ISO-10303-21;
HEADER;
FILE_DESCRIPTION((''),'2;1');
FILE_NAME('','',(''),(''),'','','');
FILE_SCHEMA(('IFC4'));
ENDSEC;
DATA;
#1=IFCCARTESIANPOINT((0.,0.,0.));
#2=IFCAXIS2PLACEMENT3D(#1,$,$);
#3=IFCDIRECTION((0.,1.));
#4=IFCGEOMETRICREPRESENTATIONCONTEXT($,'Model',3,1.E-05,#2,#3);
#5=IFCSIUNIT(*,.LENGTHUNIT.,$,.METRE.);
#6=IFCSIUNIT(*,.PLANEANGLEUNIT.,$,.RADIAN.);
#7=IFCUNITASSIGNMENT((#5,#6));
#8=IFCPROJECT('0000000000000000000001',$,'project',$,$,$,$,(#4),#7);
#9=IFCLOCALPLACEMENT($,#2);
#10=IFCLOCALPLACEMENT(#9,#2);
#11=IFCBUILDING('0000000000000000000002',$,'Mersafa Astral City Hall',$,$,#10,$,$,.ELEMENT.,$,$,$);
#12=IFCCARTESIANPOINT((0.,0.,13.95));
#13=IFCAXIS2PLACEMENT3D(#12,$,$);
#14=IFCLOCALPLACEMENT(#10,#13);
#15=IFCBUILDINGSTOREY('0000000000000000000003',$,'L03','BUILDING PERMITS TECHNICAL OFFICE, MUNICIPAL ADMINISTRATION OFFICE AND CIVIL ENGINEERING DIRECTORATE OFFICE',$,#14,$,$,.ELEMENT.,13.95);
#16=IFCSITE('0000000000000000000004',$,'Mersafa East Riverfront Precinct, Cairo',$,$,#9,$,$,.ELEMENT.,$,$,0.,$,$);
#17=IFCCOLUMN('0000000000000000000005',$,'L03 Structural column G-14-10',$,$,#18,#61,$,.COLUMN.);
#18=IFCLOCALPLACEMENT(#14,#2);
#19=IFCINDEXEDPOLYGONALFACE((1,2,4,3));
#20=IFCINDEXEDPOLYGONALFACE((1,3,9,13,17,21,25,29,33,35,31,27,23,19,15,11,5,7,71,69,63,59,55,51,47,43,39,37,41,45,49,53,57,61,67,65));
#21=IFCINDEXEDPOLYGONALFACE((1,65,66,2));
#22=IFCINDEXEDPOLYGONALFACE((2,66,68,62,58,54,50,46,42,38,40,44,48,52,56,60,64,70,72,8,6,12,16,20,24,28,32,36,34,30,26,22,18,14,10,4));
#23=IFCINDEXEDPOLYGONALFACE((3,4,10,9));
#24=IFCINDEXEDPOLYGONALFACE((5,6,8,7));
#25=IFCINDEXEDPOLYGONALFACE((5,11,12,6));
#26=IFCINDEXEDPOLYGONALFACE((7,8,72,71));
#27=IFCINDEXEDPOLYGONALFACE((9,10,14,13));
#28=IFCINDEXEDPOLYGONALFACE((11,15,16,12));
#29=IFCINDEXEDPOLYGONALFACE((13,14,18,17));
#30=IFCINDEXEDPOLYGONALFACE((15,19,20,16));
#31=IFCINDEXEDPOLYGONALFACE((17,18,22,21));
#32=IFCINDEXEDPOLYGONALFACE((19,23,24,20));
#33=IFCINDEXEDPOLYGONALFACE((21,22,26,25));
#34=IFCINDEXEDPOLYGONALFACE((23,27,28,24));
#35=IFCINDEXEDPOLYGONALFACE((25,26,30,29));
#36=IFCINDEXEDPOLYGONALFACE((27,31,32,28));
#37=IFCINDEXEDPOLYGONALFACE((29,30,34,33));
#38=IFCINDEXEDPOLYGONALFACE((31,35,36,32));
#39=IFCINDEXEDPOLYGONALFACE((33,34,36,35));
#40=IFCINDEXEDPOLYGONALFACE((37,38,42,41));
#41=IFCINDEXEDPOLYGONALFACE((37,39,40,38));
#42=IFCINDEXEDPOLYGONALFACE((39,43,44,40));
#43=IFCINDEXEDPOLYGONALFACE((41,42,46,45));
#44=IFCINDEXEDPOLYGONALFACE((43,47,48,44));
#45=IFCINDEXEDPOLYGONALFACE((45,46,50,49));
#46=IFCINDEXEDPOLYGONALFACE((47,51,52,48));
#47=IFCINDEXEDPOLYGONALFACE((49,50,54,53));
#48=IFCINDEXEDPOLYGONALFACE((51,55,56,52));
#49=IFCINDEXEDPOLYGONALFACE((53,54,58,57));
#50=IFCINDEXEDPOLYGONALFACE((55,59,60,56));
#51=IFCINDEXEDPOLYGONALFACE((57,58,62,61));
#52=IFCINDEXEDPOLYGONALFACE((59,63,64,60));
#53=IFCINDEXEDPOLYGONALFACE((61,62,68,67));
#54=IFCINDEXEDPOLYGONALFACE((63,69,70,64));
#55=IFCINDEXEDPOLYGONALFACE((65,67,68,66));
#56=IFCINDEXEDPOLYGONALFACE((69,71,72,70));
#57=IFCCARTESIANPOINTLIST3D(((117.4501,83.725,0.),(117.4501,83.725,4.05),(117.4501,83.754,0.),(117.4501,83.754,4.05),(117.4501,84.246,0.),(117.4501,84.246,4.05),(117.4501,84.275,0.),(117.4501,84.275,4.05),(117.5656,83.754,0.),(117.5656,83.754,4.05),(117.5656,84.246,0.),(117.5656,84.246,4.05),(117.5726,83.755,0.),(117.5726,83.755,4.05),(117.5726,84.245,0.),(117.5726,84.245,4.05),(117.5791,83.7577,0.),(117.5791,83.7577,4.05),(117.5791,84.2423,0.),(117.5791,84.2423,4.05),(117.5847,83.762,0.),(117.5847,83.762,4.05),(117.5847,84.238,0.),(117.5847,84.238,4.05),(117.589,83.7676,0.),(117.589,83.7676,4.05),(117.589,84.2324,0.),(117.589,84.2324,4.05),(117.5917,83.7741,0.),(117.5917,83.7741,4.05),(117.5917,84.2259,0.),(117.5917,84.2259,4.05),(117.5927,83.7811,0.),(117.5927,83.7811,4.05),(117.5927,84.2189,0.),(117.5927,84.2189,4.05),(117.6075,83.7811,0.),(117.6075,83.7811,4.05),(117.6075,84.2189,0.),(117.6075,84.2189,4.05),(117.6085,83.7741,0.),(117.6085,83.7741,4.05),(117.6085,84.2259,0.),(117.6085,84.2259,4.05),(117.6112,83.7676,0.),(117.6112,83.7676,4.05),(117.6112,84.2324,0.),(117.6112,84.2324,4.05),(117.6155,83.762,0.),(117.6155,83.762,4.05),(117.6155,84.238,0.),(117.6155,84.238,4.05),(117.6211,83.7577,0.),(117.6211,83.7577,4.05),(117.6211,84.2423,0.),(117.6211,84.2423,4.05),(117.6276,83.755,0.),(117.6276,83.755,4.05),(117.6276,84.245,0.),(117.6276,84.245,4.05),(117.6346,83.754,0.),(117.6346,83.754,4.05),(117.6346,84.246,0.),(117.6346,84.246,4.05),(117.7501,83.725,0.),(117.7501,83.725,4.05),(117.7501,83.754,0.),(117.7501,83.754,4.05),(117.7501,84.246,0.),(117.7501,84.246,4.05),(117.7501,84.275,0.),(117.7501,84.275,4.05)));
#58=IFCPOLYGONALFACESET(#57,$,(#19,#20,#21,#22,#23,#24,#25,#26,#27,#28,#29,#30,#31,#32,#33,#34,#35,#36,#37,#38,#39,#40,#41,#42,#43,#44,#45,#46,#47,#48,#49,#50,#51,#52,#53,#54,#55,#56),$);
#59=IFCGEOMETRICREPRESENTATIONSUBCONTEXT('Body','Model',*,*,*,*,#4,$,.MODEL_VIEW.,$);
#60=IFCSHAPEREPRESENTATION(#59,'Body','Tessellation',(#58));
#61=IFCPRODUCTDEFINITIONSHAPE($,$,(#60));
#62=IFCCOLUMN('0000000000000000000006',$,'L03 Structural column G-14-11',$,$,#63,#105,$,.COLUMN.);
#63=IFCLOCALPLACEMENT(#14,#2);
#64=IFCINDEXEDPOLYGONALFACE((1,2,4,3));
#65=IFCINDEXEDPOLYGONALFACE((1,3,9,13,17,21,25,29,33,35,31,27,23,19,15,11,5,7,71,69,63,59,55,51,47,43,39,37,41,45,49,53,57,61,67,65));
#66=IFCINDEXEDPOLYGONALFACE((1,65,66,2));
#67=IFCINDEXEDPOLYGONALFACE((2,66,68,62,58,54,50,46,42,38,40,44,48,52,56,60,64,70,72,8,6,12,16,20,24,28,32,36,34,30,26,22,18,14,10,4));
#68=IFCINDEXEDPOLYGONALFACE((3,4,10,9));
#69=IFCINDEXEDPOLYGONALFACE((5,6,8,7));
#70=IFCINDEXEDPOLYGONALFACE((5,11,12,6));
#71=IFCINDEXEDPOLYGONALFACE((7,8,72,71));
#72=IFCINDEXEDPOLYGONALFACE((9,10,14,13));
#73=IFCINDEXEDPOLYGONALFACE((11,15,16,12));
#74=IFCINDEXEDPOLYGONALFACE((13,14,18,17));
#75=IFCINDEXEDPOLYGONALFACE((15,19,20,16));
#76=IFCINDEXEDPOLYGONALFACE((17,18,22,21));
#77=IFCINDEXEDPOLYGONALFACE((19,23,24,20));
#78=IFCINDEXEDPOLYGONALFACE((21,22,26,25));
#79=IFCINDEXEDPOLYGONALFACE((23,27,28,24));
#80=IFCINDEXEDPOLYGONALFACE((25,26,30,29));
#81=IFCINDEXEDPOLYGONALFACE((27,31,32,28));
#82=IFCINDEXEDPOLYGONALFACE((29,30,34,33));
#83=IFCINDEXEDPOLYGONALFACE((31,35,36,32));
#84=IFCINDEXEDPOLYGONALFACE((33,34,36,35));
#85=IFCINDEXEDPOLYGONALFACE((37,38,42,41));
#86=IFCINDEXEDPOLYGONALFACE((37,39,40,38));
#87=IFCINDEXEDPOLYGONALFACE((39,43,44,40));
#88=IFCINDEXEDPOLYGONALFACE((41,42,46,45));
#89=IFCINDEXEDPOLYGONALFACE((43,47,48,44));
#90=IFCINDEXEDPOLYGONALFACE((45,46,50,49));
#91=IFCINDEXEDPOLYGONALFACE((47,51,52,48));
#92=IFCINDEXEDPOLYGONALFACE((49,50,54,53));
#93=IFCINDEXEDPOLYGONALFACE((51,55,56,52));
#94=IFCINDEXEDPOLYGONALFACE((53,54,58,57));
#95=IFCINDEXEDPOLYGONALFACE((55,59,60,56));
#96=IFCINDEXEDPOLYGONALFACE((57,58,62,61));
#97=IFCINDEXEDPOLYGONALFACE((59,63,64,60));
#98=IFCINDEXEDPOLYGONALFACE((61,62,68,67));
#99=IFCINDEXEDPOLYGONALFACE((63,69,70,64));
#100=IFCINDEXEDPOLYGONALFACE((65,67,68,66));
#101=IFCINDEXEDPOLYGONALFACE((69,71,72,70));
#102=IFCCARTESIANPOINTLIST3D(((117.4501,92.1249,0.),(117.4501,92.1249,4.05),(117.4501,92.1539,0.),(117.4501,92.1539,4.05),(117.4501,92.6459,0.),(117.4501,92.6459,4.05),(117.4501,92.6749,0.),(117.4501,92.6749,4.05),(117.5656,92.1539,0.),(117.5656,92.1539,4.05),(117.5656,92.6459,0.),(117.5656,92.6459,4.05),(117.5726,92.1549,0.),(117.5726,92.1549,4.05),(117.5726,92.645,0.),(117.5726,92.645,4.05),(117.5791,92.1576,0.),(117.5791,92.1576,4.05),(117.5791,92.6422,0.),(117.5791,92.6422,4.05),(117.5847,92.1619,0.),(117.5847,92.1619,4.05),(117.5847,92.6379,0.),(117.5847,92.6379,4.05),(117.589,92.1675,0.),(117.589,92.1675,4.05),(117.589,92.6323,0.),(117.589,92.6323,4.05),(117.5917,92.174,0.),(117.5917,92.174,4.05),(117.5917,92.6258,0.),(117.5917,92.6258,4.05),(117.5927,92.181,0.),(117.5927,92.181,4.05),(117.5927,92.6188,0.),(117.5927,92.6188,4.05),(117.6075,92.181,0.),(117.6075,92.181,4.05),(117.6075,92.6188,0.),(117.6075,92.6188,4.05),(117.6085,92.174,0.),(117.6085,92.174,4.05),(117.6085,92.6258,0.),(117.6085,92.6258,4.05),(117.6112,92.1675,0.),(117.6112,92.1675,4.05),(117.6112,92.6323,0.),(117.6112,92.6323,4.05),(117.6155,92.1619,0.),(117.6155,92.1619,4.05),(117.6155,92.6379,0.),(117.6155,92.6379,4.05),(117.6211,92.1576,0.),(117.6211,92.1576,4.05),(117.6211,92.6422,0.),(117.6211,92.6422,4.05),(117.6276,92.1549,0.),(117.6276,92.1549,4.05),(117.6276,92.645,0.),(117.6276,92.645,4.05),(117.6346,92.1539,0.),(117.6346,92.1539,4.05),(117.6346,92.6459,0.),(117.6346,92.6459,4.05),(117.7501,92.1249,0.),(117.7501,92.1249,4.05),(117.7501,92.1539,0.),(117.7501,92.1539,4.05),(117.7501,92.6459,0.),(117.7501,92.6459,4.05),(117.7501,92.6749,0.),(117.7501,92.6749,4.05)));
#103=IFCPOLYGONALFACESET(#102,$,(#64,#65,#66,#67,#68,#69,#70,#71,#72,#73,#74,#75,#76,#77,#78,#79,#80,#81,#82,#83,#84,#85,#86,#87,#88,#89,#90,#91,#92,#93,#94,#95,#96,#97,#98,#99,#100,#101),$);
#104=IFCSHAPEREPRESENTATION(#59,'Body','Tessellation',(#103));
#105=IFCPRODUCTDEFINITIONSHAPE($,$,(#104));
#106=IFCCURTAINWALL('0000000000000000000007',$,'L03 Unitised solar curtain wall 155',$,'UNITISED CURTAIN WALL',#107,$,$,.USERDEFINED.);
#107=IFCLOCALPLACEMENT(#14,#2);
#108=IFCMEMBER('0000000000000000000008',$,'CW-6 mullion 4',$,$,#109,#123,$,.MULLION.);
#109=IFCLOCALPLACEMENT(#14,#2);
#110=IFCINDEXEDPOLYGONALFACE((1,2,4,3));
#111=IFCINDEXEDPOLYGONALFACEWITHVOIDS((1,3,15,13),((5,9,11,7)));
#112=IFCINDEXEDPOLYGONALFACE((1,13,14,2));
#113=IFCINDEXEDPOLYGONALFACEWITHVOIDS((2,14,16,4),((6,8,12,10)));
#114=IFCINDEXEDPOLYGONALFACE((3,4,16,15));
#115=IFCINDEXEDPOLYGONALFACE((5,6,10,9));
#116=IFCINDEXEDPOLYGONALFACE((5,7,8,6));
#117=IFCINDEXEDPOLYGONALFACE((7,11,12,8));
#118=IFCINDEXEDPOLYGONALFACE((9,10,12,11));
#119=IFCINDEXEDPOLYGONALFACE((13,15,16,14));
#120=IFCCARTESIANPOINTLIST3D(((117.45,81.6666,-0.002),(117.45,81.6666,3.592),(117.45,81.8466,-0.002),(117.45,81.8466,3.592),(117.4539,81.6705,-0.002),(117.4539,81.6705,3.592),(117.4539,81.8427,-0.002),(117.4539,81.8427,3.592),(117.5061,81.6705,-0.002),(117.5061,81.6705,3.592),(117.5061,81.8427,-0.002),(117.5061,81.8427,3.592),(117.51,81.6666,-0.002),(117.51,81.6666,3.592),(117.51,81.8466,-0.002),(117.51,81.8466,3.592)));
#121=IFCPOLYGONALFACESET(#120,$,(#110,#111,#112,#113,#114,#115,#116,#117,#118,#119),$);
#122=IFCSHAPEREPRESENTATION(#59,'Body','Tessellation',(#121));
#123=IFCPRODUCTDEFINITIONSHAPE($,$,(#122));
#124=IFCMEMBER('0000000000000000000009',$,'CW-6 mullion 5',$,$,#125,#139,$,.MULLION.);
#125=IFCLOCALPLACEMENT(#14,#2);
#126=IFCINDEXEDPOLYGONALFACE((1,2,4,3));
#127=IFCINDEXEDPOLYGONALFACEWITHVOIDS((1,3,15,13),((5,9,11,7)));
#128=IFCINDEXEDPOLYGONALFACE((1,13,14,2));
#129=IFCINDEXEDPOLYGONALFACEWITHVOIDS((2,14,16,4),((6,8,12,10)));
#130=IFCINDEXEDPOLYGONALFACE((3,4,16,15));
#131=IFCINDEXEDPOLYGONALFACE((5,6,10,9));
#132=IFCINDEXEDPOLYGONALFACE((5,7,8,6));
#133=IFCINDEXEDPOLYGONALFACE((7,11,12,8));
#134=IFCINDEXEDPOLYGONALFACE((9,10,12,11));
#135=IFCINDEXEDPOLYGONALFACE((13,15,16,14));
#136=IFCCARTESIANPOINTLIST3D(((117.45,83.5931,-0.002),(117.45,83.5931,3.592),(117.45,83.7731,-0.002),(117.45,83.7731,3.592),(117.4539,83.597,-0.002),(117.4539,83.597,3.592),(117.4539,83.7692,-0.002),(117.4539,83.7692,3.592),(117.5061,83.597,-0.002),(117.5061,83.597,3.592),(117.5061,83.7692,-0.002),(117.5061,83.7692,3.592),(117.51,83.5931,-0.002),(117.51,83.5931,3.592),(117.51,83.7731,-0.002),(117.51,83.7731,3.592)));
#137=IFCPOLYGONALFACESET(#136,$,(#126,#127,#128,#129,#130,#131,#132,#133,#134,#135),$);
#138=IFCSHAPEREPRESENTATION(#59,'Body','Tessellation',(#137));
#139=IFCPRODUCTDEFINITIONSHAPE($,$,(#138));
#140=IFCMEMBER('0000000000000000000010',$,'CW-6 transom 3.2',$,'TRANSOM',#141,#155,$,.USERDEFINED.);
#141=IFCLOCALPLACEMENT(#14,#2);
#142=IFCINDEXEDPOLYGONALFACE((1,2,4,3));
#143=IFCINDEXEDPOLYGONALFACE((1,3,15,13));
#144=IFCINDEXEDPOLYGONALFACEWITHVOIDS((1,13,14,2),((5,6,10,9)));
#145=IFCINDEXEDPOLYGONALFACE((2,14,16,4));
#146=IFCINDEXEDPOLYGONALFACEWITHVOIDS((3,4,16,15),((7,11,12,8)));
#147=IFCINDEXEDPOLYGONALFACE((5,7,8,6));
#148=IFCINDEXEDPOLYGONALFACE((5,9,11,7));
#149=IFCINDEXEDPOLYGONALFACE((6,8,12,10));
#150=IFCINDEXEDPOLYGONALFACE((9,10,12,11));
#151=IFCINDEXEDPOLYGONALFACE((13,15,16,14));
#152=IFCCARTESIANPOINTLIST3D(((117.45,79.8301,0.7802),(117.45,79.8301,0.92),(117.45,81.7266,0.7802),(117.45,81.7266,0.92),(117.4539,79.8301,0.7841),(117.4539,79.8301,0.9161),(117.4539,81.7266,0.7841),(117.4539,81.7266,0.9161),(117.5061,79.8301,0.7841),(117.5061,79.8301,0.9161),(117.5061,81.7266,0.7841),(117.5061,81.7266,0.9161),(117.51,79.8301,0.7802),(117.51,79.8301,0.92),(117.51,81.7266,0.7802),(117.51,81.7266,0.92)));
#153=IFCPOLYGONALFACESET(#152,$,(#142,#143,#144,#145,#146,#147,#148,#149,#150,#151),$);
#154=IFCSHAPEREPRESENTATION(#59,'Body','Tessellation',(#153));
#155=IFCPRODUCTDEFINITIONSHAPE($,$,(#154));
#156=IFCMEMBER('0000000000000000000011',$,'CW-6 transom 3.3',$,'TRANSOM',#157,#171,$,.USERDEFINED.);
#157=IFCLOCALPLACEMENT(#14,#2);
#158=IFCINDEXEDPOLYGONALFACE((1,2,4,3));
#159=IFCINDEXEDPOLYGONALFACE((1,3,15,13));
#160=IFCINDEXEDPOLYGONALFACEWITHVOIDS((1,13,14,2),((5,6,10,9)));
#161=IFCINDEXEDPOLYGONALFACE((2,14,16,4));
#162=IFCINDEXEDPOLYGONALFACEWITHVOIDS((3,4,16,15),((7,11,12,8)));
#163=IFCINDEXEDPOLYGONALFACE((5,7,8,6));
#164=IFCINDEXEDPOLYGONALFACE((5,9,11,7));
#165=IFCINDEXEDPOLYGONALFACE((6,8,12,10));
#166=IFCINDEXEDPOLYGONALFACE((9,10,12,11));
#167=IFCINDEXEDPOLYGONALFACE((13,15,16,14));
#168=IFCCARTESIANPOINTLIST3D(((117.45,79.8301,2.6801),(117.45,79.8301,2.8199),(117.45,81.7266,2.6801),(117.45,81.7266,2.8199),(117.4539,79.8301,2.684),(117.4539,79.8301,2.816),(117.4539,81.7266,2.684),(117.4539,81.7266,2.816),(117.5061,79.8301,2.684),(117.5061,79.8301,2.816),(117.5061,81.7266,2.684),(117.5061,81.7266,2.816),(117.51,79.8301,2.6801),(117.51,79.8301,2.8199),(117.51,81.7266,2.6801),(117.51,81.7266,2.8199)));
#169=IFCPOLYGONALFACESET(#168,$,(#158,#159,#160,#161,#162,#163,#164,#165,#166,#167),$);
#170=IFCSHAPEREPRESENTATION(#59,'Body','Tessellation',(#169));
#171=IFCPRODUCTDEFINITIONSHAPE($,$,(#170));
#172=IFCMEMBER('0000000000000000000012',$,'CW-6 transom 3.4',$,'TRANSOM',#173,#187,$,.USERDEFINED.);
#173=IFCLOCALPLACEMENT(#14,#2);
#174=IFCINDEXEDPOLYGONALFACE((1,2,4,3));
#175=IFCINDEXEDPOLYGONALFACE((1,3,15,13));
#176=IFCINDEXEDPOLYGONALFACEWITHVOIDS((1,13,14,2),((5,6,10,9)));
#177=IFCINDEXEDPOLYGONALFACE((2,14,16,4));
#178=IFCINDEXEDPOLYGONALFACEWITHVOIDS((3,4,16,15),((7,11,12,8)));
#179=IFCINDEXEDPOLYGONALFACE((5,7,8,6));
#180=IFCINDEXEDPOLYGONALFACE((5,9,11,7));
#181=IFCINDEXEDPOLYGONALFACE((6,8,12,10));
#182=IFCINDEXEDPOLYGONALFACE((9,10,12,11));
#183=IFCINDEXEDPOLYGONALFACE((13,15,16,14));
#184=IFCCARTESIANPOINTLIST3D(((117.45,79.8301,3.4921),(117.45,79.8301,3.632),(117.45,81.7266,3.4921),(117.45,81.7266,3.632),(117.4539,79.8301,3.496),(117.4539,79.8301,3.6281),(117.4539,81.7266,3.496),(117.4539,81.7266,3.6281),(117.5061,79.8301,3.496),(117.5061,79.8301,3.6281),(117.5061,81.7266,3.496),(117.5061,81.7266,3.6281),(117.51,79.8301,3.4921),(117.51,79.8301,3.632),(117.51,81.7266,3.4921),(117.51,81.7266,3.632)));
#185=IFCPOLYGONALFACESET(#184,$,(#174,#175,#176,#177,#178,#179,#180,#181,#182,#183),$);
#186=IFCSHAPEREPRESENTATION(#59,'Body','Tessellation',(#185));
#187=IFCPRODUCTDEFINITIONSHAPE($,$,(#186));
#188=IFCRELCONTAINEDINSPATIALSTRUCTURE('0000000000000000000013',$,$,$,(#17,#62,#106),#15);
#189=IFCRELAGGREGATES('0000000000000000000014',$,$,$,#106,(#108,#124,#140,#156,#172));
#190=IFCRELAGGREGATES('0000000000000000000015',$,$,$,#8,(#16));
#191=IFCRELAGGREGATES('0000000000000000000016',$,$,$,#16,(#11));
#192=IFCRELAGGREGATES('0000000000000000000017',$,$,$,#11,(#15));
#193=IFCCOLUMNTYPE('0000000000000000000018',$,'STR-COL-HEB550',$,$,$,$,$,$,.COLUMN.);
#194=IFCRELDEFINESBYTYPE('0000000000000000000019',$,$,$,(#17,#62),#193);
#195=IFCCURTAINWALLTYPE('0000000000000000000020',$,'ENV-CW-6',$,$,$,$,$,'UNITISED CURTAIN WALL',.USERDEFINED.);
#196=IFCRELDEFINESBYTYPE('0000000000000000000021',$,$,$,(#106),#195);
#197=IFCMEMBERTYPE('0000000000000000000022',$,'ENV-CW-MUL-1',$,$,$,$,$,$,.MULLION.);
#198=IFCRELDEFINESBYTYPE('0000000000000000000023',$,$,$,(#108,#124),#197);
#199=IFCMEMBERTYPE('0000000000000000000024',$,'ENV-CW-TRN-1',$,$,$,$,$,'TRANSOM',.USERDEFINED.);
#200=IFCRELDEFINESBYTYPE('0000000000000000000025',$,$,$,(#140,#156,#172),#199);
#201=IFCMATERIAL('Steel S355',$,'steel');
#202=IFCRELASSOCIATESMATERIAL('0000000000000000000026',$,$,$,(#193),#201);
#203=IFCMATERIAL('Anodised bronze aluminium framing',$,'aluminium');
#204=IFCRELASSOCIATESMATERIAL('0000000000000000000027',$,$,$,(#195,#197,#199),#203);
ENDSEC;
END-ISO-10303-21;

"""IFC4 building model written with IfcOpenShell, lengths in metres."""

from ifc_helpers import new_model, si_unit, direction, frame, origin, origin_2d, place, context, subcontext, project, spatial, hollow_rectangle, i_section, extrude, material, material_profile, profile_set, type_object, element, aggregate, save


model = new_model("IFC4")

# Units and contexts
model_context = context("Model", 3, precision=1e-05, world=origin(), true_north=direction((0.0, 1.0)))
body_context = subcontext(model_context, "Body", "Model", "MODEL_VIEW")
ifc_project = project(units=[si_unit("LENGTHUNIT", "METRE"), si_unit("PLANEANGLEUNIT", "RADIAN")], contexts=[model_context])

# Site, building, storey
site_placement = place(None, origin())
site = spatial("IfcSite", under=ifc_project, at=site_placement, Name="Mersafa East Riverfront Precinct, Cairo", CompositionType="ELEMENT", RefElevation=0.0)
building_placement = place(site_placement, origin())
building = spatial("IfcBuilding", under=site, at=building_placement, Name="Mersafa Astral City Hall", CompositionType="ELEMENT")
storey_placement = place(building_placement, frame((0.0, 0.0, 13.95)))
storey = spatial("IfcBuildingStorey", under=building, at=storey_placement, Name="L03", Description="BUILDING PERMITS TECHNICAL OFFICE, MUNICIPAL ADMINISTRATION OFFICE AND CIVIL ENGINEERING DIRECTORATE OFFICE", CompositionType="ELEMENT", Elevation=13.95)

# Columns
ifc_material_1 = material(Name="Steel S355", Category="steel")
ifc_material_profile_1 = material_profile(ifc_material_1, i_section(OverallWidth=0.3, OverallDepth=0.55, WebThickness=0.0149, FlangeThickness=0.0291, FilletRadius=0.0271, at=origin_2d()), Name="HEB 550")
ifc_profile_set_1 = profile_set([ifc_material_profile_1], Name="Steel S355")
column_type = type_object("IfcColumnType", Name="STR-COL-HEB550", PredefinedType="COLUMN", material=ifc_profile_set_1)
for number, where, z_axis, x_axis, name in (
    (1, (117.6001, 84.0, 0.0), (0.0, 0.0, 1.0), (1.0, 0.0, 0.0), "L03 Structural column G-14-10"),
    (2, (117.6001, 92.3999, 0.0), (0.0, 0.0, 1.0), (1.0, 0.0, 0.0), "L03 Structural column G-14-11"),
):
    element("IfcColumn", number, at=place(storey_placement, frame(where, z_axis=z_axis, x_axis=x_axis)), inside=storey, type_object=column_type, Name=name, PredefinedType="COLUMN", context=body_context, shape_type="SweptSolid", body=[
        extrude(i_section(OverallWidth=0.3, OverallDepth=0.55, WebThickness=0.0149, FlangeThickness=0.0291, FilletRadius=0.0271, at=origin_2d()), origin(), (0.0, 0.0, 1.0), 4.05),
    ])

# Curtain wall, members
ifc_material_2 = material(Name="Anodised bronze aluminium framing", Category="aluminium")
curtain_wall_type = type_object("IfcCurtainWallType", Name="ENV-CW-6", ElementType="UNITISED CURTAIN WALL", PredefinedType="USERDEFINED", material=ifc_material_2)
curtain_wall_placement = place(storey_placement, origin())
curtain_wall = element("IfcCurtainWall", 3, at=curtain_wall_placement, inside=storey, type_object=curtain_wall_type, Name="L03 Unitised solar curtain wall 155", ObjectType="UNITISED CURTAIN WALL", PredefinedType="USERDEFINED")
ifc_material_profile_2 = material_profile(ifc_material_2, hollow_rectangle(XDim=0.0601, YDim=0.1799, WallThickness=0.0039, at=origin_2d()), Name="RHS 60x180x4")
ifc_profile_set_2 = profile_set([ifc_material_profile_2], Name="Anodised bronze aluminium framing")
member_type_1 = type_object("IfcMemberType", Name="ENV-CW-MUL-1", PredefinedType="MULLION", material=ifc_profile_set_2)
member_1_placement = place(storey_placement, frame((117.48, 81.7566, -0.002), z_axis=(0.0, 0.0, 1.0), x_axis=(-1.0, 0.0, 0.0)))
member_1 = element("IfcMember", 4, at=member_1_placement, type_object=member_type_1, Name="CW-6 mullion 4", PredefinedType="MULLION", context=body_context, shape_type="SweptSolid", body=[
    extrude(hollow_rectangle(XDim=0.0601, YDim=0.1799, WallThickness=0.0039, at=origin_2d()), origin(), (0.0, 0.0, 1.0), 3.594),
])
member_2_placement = place(storey_placement, frame((117.48, 83.6831, -0.002), z_axis=(0.0, 0.0, 1.0), x_axis=(-1.0, 0.0, 0.0)))
member_2 = element("IfcMember", 5, at=member_2_placement, type_object=member_type_1, Name="CW-6 mullion 5", PredefinedType="MULLION", context=body_context, shape_type="SweptSolid", body=[
    extrude(hollow_rectangle(XDim=0.0601, YDim=0.1799, WallThickness=0.0039, at=origin_2d()), origin(), (0.0, 0.0, 1.0), 3.594),
])
ifc_material_profile_3 = material_profile(ifc_material_2, hollow_rectangle(XDim=0.0601, YDim=0.1399, WallThickness=0.0039, at=origin_2d()), Name="RHS 60x140x4")
ifc_profile_set_3 = profile_set([ifc_material_profile_3], Name="Anodised bronze aluminium framing")
member_type_2 = type_object("IfcMemberType", Name="ENV-CW-TRN-1", ElementType="TRANSOM", PredefinedType="USERDEFINED", material=ifc_profile_set_3)
member_3_placement = place(storey_placement, frame((117.48, 79.8301, 0.8501), z_axis=(0.0, 1.0, 0.0), x_axis=(-1.0, 0.0, 0.0)))
member_3 = element("IfcMember", 6, at=member_3_placement, type_object=member_type_2, Name="CW-6 transom 3.2", ObjectType="TRANSOM", PredefinedType="USERDEFINED", context=body_context, shape_type="SweptSolid", body=[
    extrude(hollow_rectangle(XDim=0.0601, YDim=0.1399, WallThickness=0.0039, at=origin_2d()), origin(), (0.0, 0.0, 1.0), 1.8965),
])
member_4_placement = place(storey_placement, frame((117.48, 79.8301, 2.75), z_axis=(0.0, 1.0, 0.0), x_axis=(-1.0, 0.0, 0.0)))
member_4 = element("IfcMember", 7, at=member_4_placement, type_object=member_type_2, Name="CW-6 transom 3.3", ObjectType="TRANSOM", PredefinedType="USERDEFINED", context=body_context, shape_type="SweptSolid", body=[
    extrude(hollow_rectangle(XDim=0.0601, YDim=0.1399, WallThickness=0.0039, at=origin_2d()), origin(), (0.0, 0.0, 1.0), 1.8965),
])
member_5_placement = place(storey_placement, frame((117.48, 79.8301, 3.562), z_axis=(0.0, 1.0, 0.0), x_axis=(-1.0, 0.0, 0.0)))
member_5 = element("IfcMember", 8, at=member_5_placement, type_object=member_type_2, Name="CW-6 transom 3.4", ObjectType="TRANSOM", PredefinedType="USERDEFINED", context=body_context, shape_type="SweptSolid", body=[
    extrude(hollow_rectangle(XDim=0.0601, YDim=0.1399, WallThickness=0.0039, at=origin_2d()), origin(), (0.0, 0.0, 1.0), 1.8965),
])

aggregate(curtain_wall, [member_1, member_2, member_3, member_4, member_5])

save(model, "model.ifc")
